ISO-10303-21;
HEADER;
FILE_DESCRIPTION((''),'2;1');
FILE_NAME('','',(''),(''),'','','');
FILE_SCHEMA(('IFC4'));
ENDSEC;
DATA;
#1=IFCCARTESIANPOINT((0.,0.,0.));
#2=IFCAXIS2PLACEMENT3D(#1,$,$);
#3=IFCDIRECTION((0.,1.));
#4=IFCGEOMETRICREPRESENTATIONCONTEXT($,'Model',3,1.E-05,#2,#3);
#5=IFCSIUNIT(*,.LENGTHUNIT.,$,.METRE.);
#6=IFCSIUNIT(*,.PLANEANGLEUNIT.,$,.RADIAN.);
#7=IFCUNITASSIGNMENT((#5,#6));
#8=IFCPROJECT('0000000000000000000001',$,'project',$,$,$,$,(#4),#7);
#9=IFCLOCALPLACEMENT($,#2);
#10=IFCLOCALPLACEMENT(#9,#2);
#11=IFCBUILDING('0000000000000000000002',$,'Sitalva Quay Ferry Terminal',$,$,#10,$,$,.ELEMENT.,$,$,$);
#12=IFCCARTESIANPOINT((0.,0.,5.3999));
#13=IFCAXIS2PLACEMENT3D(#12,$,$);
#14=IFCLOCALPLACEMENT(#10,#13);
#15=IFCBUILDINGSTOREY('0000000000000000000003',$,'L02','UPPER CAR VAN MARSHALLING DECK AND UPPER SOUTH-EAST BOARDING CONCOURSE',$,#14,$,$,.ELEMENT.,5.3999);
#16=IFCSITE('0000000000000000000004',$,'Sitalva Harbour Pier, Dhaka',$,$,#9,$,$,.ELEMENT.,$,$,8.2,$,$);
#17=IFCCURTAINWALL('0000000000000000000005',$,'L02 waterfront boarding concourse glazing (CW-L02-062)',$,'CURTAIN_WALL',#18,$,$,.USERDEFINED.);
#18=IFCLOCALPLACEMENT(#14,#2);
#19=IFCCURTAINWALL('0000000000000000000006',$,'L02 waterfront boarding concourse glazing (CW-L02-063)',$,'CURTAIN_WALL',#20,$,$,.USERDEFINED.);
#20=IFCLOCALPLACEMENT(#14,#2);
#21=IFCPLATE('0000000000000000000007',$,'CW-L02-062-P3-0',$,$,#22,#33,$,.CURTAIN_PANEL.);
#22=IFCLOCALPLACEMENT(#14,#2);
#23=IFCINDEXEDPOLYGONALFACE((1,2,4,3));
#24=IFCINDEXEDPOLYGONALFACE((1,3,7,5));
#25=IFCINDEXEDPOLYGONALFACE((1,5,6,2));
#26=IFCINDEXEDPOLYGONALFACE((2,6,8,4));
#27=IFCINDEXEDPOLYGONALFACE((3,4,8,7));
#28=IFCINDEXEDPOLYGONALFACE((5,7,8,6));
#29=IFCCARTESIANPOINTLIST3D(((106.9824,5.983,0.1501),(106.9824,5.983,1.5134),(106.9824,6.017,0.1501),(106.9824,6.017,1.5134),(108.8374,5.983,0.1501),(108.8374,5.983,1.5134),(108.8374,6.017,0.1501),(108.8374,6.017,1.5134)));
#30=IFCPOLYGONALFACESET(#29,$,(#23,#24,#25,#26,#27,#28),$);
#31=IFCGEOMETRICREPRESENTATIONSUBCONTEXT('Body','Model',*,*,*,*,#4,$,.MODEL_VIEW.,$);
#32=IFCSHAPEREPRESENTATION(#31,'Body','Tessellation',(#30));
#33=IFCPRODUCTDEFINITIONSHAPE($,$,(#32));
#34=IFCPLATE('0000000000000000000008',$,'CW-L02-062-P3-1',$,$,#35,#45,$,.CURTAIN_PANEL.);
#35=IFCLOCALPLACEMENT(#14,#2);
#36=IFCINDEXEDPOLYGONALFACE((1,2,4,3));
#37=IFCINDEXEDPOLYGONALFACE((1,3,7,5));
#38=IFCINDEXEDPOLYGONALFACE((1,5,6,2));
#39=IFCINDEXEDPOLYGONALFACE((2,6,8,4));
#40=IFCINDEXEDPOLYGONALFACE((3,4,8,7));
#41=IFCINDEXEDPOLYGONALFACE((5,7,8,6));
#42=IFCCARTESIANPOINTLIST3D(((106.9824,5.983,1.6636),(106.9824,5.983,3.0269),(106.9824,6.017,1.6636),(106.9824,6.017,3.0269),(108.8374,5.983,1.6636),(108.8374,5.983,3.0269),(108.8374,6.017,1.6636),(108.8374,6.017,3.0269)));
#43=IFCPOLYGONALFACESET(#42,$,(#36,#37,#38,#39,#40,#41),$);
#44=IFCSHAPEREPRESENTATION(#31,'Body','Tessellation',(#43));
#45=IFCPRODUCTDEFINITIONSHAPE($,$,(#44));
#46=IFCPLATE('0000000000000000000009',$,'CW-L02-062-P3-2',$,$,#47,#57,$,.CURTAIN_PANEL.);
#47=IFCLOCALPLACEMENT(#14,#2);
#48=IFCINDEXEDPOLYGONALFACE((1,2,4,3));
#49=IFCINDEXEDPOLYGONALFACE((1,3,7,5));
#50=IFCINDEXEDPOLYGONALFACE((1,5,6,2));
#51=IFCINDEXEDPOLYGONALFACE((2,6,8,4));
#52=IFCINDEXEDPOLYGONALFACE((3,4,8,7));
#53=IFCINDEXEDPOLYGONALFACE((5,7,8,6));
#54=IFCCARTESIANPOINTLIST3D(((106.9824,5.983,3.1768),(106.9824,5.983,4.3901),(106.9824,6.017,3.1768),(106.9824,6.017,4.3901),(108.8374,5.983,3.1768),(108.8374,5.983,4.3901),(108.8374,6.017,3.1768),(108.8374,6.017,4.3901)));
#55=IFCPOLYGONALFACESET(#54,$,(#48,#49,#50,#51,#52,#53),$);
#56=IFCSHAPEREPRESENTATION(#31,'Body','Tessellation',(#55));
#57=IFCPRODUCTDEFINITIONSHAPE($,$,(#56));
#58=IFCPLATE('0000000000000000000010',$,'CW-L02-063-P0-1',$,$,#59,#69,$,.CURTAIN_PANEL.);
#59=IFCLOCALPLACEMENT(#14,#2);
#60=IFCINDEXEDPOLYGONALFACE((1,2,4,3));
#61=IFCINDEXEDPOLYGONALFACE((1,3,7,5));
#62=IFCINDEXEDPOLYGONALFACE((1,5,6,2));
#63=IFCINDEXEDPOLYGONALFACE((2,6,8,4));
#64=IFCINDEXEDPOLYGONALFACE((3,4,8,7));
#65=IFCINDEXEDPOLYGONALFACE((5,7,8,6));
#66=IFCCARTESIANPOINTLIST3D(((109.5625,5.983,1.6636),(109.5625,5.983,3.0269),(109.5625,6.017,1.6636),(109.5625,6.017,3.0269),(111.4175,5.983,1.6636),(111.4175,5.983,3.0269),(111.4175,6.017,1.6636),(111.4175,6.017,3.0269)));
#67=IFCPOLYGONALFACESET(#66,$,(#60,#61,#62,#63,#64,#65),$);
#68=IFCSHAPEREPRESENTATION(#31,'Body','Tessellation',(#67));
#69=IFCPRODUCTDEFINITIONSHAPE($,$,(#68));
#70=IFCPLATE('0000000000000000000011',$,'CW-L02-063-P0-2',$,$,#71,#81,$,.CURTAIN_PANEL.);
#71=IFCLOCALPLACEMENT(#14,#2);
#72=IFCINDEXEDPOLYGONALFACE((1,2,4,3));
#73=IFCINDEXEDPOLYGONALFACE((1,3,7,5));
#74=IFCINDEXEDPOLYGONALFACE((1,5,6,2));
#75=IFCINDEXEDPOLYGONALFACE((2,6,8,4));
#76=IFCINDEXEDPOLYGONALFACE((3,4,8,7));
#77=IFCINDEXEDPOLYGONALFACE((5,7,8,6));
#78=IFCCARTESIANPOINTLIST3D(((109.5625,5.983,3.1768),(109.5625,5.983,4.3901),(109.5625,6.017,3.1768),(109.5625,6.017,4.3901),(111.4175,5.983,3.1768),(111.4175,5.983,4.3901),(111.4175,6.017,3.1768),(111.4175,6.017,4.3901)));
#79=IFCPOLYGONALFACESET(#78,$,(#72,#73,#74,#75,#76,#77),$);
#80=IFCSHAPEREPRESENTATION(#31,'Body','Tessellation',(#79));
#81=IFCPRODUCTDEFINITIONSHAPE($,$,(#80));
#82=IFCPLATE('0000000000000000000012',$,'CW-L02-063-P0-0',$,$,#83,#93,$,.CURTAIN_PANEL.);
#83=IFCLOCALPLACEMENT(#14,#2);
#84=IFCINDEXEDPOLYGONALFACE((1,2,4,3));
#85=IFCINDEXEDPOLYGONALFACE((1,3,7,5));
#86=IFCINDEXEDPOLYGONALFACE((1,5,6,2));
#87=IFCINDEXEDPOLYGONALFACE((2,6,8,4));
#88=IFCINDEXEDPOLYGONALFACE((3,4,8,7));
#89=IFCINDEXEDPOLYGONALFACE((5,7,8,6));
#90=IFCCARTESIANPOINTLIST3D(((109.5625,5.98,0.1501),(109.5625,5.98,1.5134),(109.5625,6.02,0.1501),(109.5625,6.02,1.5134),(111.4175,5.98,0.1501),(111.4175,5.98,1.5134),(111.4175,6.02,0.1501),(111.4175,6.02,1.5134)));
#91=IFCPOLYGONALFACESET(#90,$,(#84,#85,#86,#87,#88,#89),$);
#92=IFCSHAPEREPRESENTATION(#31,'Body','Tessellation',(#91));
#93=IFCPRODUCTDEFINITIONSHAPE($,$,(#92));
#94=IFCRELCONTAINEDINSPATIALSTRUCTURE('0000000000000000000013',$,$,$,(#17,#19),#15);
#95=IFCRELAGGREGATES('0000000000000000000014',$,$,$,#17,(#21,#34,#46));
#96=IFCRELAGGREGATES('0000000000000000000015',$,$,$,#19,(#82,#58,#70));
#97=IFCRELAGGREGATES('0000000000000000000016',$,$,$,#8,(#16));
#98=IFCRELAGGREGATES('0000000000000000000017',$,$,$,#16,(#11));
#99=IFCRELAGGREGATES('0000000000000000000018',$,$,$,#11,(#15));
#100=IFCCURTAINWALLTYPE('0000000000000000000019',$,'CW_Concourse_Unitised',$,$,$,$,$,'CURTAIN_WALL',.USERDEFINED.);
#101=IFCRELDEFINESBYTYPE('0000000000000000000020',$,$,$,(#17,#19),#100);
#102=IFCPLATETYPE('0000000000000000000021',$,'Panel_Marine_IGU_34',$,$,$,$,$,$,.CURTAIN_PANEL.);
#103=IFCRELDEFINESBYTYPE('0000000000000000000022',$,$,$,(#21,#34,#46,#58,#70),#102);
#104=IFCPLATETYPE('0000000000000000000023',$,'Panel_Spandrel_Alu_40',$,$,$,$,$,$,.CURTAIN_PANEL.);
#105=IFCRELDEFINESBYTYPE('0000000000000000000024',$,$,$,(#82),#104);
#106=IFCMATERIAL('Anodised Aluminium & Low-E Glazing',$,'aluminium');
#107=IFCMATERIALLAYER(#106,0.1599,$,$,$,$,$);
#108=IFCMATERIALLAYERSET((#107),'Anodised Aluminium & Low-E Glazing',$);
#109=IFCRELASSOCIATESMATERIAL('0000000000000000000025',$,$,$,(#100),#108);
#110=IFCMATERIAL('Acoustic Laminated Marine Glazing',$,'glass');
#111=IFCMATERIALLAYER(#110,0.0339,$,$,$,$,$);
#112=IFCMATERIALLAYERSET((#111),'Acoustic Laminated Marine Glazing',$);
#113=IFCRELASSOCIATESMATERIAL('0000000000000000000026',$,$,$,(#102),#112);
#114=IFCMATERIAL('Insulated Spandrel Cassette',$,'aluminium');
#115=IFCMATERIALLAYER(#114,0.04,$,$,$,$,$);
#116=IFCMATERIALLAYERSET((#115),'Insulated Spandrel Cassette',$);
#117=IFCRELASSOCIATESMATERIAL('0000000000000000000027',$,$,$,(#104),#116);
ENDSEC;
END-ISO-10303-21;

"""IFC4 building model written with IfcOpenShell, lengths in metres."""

from ifc_helpers import new_model, si_unit, direction, frame, origin, origin_2d, place, context, subcontext, project, spatial, rectangle, extrude, material, layer, layer_set, type_object, element, aggregate, save


model = new_model("IFC4")

# Units and contexts
model_context = context("Model", 3, precision=1e-05, world=origin(), true_north=direction((0.0, 1.0)))
body_context = subcontext(model_context, "Body", "Model", "MODEL_VIEW")
ifc_project = project(units=[si_unit("LENGTHUNIT", "METRE"), si_unit("PLANEANGLEUNIT", "RADIAN")], contexts=[model_context])

# Site, building, storey
site_placement = place(None, origin())
site = spatial("IfcSite", under=ifc_project, at=site_placement, Name="Sitalva Harbour Pier, Dhaka", CompositionType="ELEMENT", RefElevation=8.2)
building_placement = place(site_placement, origin())
building = spatial("IfcBuilding", under=site, at=building_placement, Name="Sitalva Quay Ferry Terminal", CompositionType="ELEMENT")
storey_placement = place(building_placement, frame((0.0, 0.0, 5.3999)))
storey = spatial("IfcBuildingStorey", under=building, at=storey_placement, Name="L02", Description="UPPER CAR VAN MARSHALLING DECK AND UPPER SOUTH-EAST BOARDING CONCOURSE", CompositionType="ELEMENT", Elevation=5.3999)

# Curtain wall
ifc_material_1 = material(Name="Anodised Aluminium & Low-E Glazing", Category="aluminium")
ifc_layer_1 = layer(ifc_material_1, 0.1599)
ifc_layer_set_1 = layer_set([ifc_layer_1], Name="Anodised Aluminium & Low-E Glazing")
curtain_wall_type = type_object("IfcCurtainWallType", Name="CW_Concourse_Unitised", ElementType="CURTAIN_WALL", PredefinedType="USERDEFINED", material=ifc_layer_set_1)
curtain_wall_1_placement = place(storey_placement, origin())
curtain_wall_1 = element("IfcCurtainWall", 1, at=curtain_wall_1_placement, inside=storey, type_object=curtain_wall_type, Name="L02 waterfront boarding concourse glazing (CW-L02-062)", ObjectType="CURTAIN_WALL", PredefinedType="USERDEFINED")

# Curtain wall
curtain_wall_2_placement = place(storey_placement, origin())
curtain_wall_2 = element("IfcCurtainWall", 2, at=curtain_wall_2_placement, inside=storey, type_object=curtain_wall_type, Name="L02 waterfront boarding concourse glazing (CW-L02-063)", ObjectType="CURTAIN_WALL", PredefinedType="USERDEFINED")

# Plates
ifc_material_2 = material(Name="Acoustic Laminated Marine Glazing", Category="glass")
ifc_layer_2 = layer(ifc_material_2, 0.0339)
ifc_layer_set_2 = layer_set([ifc_layer_2], Name="Acoustic Laminated Marine Glazing")
plate_type_1 = type_object("IfcPlateType", Name="Panel_Marine_IGU_34", PredefinedType="CURTAIN_PANEL", material=ifc_layer_set_2)
plate_1_placement = place(storey_placement, frame((107.9099, 6.0, 0.1501), z_axis=(0.0, 0.0, 1.0), x_axis=(1.0, 0.0, 0.0)))
plate_1 = element("IfcPlate", 3, at=plate_1_placement, type_object=plate_type_1, Name="CW-L02-062-P3-0", PredefinedType="CURTAIN_PANEL", context=body_context, shape_type="SweptSolid", body=[
    extrude(rectangle(XDim=1.855, YDim=0.0339, at=origin_2d()), origin(), (0.0, 0.0, 1.0), 1.3633),
])
plate_2_placement = place(storey_placement, frame((107.9099, 6.0, 1.6636), z_axis=(0.0, 0.0, 1.0), x_axis=(1.0, 0.0, 0.0)))
plate_2 = element("IfcPlate", 4, at=plate_2_placement, type_object=plate_type_1, Name="CW-L02-062-P3-1", PredefinedType="CURTAIN_PANEL", context=body_context, shape_type="SweptSolid", body=[
    extrude(rectangle(XDim=1.855, YDim=0.0339, at=origin_2d()), origin(), (0.0, 0.0, 1.0), 1.3633),
])
plate_3_placement = place(storey_placement, frame((107.9099, 6.0, 3.1768), z_axis=(0.0, 0.0, 1.0), x_axis=(1.0, 0.0, 0.0)))
plate_3 = element("IfcPlate", 5, at=plate_3_placement, type_object=plate_type_1, Name="CW-L02-062-P3-2", PredefinedType="CURTAIN_PANEL", context=body_context, shape_type="SweptSolid", body=[
    extrude(rectangle(XDim=1.855, YDim=0.0339, at=origin_2d()), origin(), (0.0, 0.0, 1.0), 1.2134),
])
aggregate(curtain_wall_1, [plate_1, plate_2, plate_3])
plate_4_placement = place(storey_placement, frame((110.49, 6.0, 1.6636), z_axis=(0.0, 0.0, 1.0), x_axis=(1.0, 0.0, 0.0)))
plate_4 = element("IfcPlate", 6, at=plate_4_placement, type_object=plate_type_1, Name="CW-L02-063-P0-1", PredefinedType="CURTAIN_PANEL", context=body_context, shape_type="SweptSolid", body=[
    extrude(rectangle(XDim=1.855, YDim=0.0339, at=origin_2d()), origin(), (0.0, 0.0, 1.0), 1.3633),
])
plate_5_placement = place(storey_placement, frame((110.49, 6.0, 3.1768), z_axis=(0.0, 0.0, 1.0), x_axis=(1.0, 0.0, 0.0)))
plate_5 = element("IfcPlate", 7, at=plate_5_placement, type_object=plate_type_1, Name="CW-L02-063-P0-2", PredefinedType="CURTAIN_PANEL", context=body_context, shape_type="SweptSolid", body=[
    extrude(rectangle(XDim=1.855, YDim=0.0339, at=origin_2d()), origin(), (0.0, 0.0, 1.0), 1.2134),
])
ifc_material_3 = material(Name="Insulated Spandrel Cassette", Category="aluminium")
ifc_layer_3 = layer(ifc_material_3, 0.04)
ifc_layer_set_3 = layer_set([ifc_layer_3], Name="Insulated Spandrel Cassette")
plate_type_2 = type_object("IfcPlateType", Name="Panel_Spandrel_Alu_40", PredefinedType="CURTAIN_PANEL", material=ifc_layer_set_3)
plate_6_placement = place(storey_placement, frame((110.49, 6.0, 0.1501), z_axis=(0.0, 0.0, 1.0), x_axis=(1.0, 0.0, 0.0)))
plate_6 = element("IfcPlate", 8, at=plate_6_placement, type_object=plate_type_2, Name="CW-L02-063-P0-0", PredefinedType="CURTAIN_PANEL", context=body_context, shape_type="SweptSolid", body=[
    extrude(rectangle(XDim=1.855, YDim=0.04, at=origin_2d()), origin(), (0.0, 0.0, 1.0), 1.3633),
])
aggregate(curtain_wall_2, [plate_6, plate_4, plate_5])

save(model, "model.ifc")
